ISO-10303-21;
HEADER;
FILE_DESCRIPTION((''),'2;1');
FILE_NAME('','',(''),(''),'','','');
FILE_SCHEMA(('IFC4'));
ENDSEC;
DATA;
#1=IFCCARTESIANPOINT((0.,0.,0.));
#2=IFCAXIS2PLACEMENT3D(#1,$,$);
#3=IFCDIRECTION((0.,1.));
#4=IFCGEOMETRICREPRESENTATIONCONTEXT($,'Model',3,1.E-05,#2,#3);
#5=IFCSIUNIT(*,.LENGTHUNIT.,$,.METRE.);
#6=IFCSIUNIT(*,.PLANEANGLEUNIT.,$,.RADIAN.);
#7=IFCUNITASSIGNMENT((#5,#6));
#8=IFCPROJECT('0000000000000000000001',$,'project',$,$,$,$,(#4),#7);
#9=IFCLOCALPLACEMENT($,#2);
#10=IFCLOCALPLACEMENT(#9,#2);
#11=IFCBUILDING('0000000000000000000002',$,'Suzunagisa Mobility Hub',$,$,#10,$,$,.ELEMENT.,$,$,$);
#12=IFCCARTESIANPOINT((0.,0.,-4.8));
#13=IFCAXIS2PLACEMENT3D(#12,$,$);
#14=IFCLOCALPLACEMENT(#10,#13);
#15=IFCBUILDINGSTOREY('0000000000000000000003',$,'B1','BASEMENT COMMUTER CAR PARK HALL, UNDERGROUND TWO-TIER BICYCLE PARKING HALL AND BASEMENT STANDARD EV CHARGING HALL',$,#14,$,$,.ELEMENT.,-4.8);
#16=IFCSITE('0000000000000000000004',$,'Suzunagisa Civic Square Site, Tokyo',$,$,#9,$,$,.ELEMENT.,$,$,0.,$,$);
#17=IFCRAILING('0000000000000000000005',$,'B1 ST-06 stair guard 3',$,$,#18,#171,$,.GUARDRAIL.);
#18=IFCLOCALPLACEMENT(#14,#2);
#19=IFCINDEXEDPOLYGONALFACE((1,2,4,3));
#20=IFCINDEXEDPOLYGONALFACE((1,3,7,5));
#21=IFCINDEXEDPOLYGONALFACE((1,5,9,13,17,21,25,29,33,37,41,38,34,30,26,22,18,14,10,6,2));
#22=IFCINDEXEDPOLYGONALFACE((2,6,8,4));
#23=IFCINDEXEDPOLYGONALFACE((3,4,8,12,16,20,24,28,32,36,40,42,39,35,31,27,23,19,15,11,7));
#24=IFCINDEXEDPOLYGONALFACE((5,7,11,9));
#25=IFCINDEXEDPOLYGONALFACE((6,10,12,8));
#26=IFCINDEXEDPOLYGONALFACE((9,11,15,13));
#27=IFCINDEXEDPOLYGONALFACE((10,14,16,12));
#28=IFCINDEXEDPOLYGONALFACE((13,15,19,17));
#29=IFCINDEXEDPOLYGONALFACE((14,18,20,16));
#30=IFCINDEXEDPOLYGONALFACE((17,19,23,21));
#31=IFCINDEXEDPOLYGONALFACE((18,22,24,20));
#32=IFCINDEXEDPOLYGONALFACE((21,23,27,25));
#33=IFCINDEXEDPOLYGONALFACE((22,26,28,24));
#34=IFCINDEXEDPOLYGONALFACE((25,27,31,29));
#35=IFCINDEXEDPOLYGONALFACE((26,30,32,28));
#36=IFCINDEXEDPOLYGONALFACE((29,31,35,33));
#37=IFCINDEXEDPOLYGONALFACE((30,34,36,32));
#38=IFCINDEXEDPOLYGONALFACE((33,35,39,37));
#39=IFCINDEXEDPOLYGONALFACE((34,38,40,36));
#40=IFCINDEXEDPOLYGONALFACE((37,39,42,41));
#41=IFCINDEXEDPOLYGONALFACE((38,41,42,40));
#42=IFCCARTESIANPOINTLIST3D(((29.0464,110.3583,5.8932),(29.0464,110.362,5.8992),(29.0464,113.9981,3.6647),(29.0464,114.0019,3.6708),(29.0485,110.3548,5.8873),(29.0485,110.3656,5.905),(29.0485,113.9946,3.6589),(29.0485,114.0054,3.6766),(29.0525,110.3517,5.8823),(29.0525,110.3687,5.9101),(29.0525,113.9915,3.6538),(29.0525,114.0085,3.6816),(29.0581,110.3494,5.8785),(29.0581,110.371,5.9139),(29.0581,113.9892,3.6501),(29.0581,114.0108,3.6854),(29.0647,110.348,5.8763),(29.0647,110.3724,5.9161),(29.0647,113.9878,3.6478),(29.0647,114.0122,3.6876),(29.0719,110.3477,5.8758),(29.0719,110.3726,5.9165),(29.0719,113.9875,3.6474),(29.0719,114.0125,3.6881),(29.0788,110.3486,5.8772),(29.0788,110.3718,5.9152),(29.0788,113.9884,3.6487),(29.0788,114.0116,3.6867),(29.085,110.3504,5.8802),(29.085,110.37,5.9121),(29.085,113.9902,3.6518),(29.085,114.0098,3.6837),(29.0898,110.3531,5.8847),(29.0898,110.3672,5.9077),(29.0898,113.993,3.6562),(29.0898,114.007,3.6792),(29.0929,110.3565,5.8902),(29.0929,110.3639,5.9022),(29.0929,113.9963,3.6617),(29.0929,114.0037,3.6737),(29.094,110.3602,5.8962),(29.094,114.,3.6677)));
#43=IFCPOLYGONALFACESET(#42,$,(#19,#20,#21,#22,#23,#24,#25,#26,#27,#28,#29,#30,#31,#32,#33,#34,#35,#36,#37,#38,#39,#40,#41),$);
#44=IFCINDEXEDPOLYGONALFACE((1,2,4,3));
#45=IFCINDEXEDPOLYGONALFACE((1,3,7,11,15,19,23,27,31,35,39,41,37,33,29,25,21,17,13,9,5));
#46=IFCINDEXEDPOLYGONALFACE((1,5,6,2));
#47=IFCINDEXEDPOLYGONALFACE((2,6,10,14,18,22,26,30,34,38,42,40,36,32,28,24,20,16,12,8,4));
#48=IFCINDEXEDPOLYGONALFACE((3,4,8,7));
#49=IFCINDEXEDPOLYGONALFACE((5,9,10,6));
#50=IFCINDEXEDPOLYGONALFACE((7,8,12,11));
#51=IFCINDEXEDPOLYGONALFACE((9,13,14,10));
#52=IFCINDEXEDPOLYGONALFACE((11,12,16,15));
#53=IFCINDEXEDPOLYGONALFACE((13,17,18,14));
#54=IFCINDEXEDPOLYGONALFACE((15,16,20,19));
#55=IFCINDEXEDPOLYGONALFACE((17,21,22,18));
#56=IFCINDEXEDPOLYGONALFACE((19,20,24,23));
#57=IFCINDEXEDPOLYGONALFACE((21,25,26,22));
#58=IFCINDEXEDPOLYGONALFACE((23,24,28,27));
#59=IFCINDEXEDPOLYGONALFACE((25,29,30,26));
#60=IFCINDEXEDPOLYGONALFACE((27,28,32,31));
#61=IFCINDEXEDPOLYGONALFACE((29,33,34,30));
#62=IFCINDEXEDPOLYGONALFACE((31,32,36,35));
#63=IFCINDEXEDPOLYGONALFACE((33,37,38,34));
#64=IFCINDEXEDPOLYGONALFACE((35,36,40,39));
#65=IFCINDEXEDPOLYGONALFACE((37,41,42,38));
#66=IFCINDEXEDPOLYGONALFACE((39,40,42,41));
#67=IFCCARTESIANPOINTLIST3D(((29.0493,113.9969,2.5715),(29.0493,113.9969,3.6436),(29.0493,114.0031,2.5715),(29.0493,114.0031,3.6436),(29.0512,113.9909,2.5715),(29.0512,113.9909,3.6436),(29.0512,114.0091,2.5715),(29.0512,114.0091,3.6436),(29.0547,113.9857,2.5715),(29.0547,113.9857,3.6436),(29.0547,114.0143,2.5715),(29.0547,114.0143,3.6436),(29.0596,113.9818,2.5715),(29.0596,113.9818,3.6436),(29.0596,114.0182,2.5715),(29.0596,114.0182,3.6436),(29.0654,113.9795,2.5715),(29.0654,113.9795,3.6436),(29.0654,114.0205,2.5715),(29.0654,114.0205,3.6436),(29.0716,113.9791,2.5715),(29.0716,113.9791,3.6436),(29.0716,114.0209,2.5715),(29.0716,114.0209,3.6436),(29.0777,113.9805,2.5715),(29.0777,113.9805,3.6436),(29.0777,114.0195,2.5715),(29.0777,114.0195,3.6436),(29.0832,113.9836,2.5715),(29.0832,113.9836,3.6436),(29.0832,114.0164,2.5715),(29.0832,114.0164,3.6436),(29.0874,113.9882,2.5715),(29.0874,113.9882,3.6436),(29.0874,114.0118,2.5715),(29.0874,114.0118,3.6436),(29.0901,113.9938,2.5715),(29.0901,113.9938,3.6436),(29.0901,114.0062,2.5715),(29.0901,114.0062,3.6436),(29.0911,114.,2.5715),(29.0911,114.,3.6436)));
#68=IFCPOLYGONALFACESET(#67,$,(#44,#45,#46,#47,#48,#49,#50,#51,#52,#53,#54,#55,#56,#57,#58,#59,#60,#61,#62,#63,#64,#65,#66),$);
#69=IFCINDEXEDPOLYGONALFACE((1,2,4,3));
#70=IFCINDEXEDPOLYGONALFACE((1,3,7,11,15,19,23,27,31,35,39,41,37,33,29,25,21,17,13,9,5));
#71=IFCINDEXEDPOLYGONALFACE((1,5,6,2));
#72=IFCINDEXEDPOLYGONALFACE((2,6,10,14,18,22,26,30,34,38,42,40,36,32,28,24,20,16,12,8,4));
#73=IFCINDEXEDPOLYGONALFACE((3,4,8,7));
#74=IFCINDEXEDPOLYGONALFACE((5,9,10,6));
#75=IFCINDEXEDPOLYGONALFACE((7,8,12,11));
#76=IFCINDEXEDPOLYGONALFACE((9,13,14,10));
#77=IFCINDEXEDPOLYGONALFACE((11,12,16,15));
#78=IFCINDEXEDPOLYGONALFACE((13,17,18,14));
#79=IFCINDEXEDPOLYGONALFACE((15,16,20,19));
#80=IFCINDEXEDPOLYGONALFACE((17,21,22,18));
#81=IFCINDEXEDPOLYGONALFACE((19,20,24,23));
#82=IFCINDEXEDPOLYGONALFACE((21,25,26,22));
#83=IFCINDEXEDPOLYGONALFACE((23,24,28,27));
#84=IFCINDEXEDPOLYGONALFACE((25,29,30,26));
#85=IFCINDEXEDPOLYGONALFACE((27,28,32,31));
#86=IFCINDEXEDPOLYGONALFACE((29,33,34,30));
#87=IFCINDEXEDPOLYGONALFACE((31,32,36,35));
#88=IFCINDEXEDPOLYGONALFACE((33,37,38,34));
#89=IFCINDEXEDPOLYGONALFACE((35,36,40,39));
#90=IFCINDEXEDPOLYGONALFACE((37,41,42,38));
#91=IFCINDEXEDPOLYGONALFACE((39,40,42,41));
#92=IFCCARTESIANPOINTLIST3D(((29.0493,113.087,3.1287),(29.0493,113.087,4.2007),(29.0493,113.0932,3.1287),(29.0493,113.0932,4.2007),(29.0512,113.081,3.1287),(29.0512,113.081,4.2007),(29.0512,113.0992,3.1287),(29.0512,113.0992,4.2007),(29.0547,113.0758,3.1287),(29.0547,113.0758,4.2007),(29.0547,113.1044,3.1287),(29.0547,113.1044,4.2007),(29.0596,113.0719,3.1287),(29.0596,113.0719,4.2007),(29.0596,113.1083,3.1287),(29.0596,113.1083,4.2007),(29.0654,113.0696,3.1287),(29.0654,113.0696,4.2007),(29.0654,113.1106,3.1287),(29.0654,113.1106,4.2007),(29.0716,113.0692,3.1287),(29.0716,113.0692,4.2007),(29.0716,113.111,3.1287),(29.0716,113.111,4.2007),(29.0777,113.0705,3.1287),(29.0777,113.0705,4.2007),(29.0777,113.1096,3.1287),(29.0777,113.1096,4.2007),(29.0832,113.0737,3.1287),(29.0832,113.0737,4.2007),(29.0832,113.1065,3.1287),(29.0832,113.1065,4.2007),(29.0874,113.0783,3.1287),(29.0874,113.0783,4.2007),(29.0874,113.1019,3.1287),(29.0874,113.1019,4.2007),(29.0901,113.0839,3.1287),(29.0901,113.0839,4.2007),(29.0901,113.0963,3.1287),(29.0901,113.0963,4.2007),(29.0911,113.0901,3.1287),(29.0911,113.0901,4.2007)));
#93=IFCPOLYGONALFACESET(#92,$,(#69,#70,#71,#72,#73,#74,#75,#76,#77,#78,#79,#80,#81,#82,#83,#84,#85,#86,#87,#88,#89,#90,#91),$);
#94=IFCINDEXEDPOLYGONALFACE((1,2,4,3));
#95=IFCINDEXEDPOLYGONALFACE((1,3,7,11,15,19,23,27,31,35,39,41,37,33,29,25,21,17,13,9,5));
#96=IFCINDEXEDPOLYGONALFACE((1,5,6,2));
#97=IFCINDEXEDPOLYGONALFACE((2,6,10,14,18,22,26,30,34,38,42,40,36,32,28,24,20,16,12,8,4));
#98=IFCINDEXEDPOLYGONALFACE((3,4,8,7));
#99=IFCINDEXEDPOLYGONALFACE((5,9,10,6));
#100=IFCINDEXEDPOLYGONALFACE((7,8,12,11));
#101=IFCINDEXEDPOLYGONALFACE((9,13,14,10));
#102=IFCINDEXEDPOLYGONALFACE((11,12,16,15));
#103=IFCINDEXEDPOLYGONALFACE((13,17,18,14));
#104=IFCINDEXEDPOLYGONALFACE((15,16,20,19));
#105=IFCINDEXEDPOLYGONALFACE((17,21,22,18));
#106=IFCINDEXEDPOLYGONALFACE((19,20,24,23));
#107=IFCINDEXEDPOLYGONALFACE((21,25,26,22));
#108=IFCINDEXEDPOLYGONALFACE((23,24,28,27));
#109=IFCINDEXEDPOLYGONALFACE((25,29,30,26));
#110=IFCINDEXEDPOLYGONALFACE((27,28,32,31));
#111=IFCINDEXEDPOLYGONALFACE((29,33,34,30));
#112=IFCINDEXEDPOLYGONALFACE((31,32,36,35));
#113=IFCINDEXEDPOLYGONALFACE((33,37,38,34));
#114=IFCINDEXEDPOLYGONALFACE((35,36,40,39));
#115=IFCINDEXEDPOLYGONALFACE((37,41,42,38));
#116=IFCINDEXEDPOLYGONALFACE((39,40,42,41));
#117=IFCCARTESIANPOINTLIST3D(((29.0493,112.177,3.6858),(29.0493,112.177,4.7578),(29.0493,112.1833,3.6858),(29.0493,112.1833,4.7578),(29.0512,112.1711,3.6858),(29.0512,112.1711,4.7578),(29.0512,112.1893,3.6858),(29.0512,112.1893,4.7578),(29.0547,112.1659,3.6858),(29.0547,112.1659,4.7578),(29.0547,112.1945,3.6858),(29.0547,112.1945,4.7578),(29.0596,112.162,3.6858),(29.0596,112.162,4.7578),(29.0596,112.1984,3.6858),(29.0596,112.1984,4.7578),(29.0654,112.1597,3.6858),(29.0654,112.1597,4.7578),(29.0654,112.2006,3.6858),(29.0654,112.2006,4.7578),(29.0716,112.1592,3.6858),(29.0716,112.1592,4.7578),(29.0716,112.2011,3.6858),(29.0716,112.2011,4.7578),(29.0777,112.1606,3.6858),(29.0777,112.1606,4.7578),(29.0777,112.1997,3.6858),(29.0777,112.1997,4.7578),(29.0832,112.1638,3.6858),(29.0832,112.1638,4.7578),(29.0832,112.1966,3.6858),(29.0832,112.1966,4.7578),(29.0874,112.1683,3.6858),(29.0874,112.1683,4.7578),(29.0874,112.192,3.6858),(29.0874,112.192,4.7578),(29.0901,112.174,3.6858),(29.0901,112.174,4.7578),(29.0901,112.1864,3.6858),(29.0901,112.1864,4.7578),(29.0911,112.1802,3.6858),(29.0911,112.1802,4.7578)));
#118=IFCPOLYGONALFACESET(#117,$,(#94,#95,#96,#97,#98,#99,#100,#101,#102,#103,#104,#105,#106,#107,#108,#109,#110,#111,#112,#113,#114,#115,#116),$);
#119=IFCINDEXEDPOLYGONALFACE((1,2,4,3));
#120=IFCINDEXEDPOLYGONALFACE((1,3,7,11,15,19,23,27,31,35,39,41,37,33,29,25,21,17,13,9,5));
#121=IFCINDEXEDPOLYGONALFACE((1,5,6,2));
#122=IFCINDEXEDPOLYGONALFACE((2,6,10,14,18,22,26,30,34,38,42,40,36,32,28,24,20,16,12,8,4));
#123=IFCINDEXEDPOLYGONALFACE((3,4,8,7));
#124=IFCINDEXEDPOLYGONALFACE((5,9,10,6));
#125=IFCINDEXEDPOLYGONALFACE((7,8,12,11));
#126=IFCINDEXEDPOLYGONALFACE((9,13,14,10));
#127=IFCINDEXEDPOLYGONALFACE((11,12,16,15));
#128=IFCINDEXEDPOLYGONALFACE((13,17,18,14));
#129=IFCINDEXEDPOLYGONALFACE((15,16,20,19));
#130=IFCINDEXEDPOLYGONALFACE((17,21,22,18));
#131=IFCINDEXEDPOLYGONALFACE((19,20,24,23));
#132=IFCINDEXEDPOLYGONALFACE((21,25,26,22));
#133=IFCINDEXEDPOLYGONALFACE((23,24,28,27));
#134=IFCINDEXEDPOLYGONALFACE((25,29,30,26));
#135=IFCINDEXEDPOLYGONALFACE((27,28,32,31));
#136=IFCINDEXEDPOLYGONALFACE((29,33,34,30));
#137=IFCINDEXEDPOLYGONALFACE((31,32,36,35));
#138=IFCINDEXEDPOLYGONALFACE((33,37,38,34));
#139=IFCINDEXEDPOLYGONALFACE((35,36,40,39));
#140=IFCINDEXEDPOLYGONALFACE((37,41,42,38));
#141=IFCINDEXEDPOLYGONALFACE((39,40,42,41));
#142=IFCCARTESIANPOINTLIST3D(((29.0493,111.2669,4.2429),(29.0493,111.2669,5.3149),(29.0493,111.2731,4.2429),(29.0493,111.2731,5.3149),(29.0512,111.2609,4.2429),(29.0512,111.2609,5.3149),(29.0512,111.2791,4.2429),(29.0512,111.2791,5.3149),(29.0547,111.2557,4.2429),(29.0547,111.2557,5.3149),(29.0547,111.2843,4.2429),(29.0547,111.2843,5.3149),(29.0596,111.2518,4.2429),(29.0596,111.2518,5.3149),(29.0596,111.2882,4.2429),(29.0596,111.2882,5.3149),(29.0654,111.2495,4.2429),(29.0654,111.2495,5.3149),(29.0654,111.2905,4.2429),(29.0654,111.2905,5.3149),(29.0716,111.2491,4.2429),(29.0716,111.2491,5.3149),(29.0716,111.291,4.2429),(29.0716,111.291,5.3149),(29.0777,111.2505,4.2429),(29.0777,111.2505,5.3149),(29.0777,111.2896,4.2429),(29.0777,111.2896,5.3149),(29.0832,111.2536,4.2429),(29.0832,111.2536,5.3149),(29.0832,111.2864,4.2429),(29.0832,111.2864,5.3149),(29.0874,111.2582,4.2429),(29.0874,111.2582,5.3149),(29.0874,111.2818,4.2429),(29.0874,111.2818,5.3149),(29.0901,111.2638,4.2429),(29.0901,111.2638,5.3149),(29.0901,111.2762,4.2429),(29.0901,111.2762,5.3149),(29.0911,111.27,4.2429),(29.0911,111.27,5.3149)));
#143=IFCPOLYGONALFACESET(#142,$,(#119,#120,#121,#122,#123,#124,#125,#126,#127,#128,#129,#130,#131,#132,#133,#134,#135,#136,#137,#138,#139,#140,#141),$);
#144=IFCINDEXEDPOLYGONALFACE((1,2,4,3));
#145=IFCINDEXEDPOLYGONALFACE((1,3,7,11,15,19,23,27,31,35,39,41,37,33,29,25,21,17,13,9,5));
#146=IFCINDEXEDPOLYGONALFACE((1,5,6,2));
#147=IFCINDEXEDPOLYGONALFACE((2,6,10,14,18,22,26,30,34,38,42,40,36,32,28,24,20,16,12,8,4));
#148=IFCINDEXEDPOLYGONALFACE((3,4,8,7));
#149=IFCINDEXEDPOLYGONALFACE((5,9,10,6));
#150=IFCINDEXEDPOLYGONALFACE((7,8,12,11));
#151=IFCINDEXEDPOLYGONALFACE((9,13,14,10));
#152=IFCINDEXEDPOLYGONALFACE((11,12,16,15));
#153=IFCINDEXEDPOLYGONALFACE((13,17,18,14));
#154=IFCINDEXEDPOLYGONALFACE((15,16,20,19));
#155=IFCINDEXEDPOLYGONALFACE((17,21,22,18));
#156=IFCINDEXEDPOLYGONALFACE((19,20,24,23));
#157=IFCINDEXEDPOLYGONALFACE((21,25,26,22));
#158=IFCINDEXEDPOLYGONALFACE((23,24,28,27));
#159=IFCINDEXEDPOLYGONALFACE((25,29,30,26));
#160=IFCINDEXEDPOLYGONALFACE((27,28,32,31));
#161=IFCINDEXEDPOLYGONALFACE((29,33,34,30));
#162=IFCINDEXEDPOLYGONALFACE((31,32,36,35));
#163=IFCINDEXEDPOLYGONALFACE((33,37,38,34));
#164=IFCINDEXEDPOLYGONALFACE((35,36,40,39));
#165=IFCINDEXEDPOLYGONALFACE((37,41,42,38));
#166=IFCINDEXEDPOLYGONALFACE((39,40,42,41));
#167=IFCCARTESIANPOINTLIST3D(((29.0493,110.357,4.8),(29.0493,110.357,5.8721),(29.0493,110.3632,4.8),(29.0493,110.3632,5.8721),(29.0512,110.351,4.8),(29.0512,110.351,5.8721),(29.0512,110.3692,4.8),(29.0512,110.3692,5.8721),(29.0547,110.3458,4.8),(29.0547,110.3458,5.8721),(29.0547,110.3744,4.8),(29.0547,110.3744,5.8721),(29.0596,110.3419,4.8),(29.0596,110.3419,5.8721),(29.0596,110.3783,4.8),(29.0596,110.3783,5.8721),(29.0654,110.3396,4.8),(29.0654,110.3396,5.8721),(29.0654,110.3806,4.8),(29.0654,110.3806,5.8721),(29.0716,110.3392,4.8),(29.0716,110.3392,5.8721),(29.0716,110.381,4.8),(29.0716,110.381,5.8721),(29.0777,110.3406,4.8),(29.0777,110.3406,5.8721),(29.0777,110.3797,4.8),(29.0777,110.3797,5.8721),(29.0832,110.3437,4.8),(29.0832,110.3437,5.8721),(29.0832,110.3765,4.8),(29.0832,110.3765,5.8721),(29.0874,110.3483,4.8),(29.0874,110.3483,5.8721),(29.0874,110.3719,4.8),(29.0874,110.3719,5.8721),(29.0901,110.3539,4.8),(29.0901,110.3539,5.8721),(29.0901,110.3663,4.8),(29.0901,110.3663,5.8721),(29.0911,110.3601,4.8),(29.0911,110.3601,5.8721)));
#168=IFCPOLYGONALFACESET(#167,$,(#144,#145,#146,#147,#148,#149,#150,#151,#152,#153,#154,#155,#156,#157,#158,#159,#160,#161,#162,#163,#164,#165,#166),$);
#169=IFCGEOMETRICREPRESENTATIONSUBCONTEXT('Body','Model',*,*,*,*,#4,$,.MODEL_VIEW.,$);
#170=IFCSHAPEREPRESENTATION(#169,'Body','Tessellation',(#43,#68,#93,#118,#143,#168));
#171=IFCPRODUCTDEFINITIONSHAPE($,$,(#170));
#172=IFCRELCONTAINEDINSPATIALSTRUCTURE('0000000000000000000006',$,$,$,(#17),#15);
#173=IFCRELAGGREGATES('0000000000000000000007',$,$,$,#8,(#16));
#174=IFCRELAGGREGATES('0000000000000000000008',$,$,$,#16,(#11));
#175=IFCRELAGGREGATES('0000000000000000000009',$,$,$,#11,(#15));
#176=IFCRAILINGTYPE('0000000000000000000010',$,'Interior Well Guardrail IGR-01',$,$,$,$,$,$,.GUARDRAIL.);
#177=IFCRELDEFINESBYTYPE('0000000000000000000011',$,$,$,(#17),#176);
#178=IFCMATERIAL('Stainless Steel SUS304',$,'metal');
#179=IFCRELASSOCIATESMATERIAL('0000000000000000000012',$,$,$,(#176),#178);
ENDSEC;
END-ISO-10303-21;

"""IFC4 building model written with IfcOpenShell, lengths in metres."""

from ifc_helpers import new_model, si_unit, direction, frame, origin, origin_2d, place, context, subcontext, project, spatial, circle, extrude, material, type_object, element, save


model = new_model("IFC4")

# Units and contexts
model_context = context("Model", 3, precision=1e-05, world=origin(), true_north=direction((0.0, 1.0)))
body_context = subcontext(model_context, "Body", "Model", "MODEL_VIEW")
ifc_project = project(units=[si_unit("LENGTHUNIT", "METRE"), si_unit("PLANEANGLEUNIT", "RADIAN")], contexts=[model_context])

# Site, building, storey
site_placement = place(None, origin())
site = spatial("IfcSite", under=ifc_project, at=site_placement, Name="Suzunagisa Civic Square Site, Tokyo", CompositionType="ELEMENT", RefElevation=0.0)
building_placement = place(site_placement, origin())
building = spatial("IfcBuilding", under=site, at=building_placement, Name="Suzunagisa Mobility Hub", CompositionType="ELEMENT")
storey_placement = place(building_placement, frame((0.0, 0.0, -4.8)))
storey = spatial("IfcBuildingStorey", under=building, at=storey_placement, Name="B1", Description="BASEMENT COMMUTER CAR PARK HALL, UNDERGROUND TWO-TIER BICYCLE PARKING HALL AND BASEMENT STANDARD EV CHARGING HALL", CompositionType="ELEMENT", Elevation=-4.8)

# Railing
ifc_material_1 = material(Name="Stainless Steel SUS304", Category="metal")
railing_type_1 = type_object("IfcRailingType", Name="Interior Well Guardrail IGR-01", PredefinedType="GUARDRAIL", material=ifc_material_1)
railing_1_placement = place(storey_placement, frame((29.0701, 114.0, 2.5715)))
element("IfcRailing", 1, at=railing_1_placement, inside=storey, type_object=railing_type_1, Name="B1 ST-06 stair guard 3", PredefinedType="GUARDRAIL", context=body_context, shape_type="SweptSolid", body=[
    extrude(circle(Radius=0.0239, at=origin_2d()), frame((0.0, 0.0, 1.0962), z_axis=(0.0, -0.85285, 0.522156), x_axis=(1.0, 0.0, 0.0)), (0.0, 0.0, 1.0), 4.2678),
    extrude(circle(Radius=0.021, at=origin_2d()), origin(), (0.0, 0.0, 1.0), 1.072),
    extrude(circle(Radius=0.021, at=origin_2d()), frame((0.0, -0.9099, 0.5571)), (0.0, 0.0, 1.0), 1.072),
    extrude(circle(Radius=0.021, at=origin_2d()), frame((0.0, -1.8198, 1.1143)), (0.0, 0.0, 1.0), 1.072),
    extrude(circle(Radius=0.021, at=origin_2d()), frame((0.0, -2.73, 1.6714)), (0.0, 0.0, 1.0), 1.072),
    extrude(circle(Radius=0.021, at=origin_2d()), frame((0.0, -3.6399, 2.2285)), (0.0, 0.0, 1.0), 1.072),
])

save(model, "model.ifc")
